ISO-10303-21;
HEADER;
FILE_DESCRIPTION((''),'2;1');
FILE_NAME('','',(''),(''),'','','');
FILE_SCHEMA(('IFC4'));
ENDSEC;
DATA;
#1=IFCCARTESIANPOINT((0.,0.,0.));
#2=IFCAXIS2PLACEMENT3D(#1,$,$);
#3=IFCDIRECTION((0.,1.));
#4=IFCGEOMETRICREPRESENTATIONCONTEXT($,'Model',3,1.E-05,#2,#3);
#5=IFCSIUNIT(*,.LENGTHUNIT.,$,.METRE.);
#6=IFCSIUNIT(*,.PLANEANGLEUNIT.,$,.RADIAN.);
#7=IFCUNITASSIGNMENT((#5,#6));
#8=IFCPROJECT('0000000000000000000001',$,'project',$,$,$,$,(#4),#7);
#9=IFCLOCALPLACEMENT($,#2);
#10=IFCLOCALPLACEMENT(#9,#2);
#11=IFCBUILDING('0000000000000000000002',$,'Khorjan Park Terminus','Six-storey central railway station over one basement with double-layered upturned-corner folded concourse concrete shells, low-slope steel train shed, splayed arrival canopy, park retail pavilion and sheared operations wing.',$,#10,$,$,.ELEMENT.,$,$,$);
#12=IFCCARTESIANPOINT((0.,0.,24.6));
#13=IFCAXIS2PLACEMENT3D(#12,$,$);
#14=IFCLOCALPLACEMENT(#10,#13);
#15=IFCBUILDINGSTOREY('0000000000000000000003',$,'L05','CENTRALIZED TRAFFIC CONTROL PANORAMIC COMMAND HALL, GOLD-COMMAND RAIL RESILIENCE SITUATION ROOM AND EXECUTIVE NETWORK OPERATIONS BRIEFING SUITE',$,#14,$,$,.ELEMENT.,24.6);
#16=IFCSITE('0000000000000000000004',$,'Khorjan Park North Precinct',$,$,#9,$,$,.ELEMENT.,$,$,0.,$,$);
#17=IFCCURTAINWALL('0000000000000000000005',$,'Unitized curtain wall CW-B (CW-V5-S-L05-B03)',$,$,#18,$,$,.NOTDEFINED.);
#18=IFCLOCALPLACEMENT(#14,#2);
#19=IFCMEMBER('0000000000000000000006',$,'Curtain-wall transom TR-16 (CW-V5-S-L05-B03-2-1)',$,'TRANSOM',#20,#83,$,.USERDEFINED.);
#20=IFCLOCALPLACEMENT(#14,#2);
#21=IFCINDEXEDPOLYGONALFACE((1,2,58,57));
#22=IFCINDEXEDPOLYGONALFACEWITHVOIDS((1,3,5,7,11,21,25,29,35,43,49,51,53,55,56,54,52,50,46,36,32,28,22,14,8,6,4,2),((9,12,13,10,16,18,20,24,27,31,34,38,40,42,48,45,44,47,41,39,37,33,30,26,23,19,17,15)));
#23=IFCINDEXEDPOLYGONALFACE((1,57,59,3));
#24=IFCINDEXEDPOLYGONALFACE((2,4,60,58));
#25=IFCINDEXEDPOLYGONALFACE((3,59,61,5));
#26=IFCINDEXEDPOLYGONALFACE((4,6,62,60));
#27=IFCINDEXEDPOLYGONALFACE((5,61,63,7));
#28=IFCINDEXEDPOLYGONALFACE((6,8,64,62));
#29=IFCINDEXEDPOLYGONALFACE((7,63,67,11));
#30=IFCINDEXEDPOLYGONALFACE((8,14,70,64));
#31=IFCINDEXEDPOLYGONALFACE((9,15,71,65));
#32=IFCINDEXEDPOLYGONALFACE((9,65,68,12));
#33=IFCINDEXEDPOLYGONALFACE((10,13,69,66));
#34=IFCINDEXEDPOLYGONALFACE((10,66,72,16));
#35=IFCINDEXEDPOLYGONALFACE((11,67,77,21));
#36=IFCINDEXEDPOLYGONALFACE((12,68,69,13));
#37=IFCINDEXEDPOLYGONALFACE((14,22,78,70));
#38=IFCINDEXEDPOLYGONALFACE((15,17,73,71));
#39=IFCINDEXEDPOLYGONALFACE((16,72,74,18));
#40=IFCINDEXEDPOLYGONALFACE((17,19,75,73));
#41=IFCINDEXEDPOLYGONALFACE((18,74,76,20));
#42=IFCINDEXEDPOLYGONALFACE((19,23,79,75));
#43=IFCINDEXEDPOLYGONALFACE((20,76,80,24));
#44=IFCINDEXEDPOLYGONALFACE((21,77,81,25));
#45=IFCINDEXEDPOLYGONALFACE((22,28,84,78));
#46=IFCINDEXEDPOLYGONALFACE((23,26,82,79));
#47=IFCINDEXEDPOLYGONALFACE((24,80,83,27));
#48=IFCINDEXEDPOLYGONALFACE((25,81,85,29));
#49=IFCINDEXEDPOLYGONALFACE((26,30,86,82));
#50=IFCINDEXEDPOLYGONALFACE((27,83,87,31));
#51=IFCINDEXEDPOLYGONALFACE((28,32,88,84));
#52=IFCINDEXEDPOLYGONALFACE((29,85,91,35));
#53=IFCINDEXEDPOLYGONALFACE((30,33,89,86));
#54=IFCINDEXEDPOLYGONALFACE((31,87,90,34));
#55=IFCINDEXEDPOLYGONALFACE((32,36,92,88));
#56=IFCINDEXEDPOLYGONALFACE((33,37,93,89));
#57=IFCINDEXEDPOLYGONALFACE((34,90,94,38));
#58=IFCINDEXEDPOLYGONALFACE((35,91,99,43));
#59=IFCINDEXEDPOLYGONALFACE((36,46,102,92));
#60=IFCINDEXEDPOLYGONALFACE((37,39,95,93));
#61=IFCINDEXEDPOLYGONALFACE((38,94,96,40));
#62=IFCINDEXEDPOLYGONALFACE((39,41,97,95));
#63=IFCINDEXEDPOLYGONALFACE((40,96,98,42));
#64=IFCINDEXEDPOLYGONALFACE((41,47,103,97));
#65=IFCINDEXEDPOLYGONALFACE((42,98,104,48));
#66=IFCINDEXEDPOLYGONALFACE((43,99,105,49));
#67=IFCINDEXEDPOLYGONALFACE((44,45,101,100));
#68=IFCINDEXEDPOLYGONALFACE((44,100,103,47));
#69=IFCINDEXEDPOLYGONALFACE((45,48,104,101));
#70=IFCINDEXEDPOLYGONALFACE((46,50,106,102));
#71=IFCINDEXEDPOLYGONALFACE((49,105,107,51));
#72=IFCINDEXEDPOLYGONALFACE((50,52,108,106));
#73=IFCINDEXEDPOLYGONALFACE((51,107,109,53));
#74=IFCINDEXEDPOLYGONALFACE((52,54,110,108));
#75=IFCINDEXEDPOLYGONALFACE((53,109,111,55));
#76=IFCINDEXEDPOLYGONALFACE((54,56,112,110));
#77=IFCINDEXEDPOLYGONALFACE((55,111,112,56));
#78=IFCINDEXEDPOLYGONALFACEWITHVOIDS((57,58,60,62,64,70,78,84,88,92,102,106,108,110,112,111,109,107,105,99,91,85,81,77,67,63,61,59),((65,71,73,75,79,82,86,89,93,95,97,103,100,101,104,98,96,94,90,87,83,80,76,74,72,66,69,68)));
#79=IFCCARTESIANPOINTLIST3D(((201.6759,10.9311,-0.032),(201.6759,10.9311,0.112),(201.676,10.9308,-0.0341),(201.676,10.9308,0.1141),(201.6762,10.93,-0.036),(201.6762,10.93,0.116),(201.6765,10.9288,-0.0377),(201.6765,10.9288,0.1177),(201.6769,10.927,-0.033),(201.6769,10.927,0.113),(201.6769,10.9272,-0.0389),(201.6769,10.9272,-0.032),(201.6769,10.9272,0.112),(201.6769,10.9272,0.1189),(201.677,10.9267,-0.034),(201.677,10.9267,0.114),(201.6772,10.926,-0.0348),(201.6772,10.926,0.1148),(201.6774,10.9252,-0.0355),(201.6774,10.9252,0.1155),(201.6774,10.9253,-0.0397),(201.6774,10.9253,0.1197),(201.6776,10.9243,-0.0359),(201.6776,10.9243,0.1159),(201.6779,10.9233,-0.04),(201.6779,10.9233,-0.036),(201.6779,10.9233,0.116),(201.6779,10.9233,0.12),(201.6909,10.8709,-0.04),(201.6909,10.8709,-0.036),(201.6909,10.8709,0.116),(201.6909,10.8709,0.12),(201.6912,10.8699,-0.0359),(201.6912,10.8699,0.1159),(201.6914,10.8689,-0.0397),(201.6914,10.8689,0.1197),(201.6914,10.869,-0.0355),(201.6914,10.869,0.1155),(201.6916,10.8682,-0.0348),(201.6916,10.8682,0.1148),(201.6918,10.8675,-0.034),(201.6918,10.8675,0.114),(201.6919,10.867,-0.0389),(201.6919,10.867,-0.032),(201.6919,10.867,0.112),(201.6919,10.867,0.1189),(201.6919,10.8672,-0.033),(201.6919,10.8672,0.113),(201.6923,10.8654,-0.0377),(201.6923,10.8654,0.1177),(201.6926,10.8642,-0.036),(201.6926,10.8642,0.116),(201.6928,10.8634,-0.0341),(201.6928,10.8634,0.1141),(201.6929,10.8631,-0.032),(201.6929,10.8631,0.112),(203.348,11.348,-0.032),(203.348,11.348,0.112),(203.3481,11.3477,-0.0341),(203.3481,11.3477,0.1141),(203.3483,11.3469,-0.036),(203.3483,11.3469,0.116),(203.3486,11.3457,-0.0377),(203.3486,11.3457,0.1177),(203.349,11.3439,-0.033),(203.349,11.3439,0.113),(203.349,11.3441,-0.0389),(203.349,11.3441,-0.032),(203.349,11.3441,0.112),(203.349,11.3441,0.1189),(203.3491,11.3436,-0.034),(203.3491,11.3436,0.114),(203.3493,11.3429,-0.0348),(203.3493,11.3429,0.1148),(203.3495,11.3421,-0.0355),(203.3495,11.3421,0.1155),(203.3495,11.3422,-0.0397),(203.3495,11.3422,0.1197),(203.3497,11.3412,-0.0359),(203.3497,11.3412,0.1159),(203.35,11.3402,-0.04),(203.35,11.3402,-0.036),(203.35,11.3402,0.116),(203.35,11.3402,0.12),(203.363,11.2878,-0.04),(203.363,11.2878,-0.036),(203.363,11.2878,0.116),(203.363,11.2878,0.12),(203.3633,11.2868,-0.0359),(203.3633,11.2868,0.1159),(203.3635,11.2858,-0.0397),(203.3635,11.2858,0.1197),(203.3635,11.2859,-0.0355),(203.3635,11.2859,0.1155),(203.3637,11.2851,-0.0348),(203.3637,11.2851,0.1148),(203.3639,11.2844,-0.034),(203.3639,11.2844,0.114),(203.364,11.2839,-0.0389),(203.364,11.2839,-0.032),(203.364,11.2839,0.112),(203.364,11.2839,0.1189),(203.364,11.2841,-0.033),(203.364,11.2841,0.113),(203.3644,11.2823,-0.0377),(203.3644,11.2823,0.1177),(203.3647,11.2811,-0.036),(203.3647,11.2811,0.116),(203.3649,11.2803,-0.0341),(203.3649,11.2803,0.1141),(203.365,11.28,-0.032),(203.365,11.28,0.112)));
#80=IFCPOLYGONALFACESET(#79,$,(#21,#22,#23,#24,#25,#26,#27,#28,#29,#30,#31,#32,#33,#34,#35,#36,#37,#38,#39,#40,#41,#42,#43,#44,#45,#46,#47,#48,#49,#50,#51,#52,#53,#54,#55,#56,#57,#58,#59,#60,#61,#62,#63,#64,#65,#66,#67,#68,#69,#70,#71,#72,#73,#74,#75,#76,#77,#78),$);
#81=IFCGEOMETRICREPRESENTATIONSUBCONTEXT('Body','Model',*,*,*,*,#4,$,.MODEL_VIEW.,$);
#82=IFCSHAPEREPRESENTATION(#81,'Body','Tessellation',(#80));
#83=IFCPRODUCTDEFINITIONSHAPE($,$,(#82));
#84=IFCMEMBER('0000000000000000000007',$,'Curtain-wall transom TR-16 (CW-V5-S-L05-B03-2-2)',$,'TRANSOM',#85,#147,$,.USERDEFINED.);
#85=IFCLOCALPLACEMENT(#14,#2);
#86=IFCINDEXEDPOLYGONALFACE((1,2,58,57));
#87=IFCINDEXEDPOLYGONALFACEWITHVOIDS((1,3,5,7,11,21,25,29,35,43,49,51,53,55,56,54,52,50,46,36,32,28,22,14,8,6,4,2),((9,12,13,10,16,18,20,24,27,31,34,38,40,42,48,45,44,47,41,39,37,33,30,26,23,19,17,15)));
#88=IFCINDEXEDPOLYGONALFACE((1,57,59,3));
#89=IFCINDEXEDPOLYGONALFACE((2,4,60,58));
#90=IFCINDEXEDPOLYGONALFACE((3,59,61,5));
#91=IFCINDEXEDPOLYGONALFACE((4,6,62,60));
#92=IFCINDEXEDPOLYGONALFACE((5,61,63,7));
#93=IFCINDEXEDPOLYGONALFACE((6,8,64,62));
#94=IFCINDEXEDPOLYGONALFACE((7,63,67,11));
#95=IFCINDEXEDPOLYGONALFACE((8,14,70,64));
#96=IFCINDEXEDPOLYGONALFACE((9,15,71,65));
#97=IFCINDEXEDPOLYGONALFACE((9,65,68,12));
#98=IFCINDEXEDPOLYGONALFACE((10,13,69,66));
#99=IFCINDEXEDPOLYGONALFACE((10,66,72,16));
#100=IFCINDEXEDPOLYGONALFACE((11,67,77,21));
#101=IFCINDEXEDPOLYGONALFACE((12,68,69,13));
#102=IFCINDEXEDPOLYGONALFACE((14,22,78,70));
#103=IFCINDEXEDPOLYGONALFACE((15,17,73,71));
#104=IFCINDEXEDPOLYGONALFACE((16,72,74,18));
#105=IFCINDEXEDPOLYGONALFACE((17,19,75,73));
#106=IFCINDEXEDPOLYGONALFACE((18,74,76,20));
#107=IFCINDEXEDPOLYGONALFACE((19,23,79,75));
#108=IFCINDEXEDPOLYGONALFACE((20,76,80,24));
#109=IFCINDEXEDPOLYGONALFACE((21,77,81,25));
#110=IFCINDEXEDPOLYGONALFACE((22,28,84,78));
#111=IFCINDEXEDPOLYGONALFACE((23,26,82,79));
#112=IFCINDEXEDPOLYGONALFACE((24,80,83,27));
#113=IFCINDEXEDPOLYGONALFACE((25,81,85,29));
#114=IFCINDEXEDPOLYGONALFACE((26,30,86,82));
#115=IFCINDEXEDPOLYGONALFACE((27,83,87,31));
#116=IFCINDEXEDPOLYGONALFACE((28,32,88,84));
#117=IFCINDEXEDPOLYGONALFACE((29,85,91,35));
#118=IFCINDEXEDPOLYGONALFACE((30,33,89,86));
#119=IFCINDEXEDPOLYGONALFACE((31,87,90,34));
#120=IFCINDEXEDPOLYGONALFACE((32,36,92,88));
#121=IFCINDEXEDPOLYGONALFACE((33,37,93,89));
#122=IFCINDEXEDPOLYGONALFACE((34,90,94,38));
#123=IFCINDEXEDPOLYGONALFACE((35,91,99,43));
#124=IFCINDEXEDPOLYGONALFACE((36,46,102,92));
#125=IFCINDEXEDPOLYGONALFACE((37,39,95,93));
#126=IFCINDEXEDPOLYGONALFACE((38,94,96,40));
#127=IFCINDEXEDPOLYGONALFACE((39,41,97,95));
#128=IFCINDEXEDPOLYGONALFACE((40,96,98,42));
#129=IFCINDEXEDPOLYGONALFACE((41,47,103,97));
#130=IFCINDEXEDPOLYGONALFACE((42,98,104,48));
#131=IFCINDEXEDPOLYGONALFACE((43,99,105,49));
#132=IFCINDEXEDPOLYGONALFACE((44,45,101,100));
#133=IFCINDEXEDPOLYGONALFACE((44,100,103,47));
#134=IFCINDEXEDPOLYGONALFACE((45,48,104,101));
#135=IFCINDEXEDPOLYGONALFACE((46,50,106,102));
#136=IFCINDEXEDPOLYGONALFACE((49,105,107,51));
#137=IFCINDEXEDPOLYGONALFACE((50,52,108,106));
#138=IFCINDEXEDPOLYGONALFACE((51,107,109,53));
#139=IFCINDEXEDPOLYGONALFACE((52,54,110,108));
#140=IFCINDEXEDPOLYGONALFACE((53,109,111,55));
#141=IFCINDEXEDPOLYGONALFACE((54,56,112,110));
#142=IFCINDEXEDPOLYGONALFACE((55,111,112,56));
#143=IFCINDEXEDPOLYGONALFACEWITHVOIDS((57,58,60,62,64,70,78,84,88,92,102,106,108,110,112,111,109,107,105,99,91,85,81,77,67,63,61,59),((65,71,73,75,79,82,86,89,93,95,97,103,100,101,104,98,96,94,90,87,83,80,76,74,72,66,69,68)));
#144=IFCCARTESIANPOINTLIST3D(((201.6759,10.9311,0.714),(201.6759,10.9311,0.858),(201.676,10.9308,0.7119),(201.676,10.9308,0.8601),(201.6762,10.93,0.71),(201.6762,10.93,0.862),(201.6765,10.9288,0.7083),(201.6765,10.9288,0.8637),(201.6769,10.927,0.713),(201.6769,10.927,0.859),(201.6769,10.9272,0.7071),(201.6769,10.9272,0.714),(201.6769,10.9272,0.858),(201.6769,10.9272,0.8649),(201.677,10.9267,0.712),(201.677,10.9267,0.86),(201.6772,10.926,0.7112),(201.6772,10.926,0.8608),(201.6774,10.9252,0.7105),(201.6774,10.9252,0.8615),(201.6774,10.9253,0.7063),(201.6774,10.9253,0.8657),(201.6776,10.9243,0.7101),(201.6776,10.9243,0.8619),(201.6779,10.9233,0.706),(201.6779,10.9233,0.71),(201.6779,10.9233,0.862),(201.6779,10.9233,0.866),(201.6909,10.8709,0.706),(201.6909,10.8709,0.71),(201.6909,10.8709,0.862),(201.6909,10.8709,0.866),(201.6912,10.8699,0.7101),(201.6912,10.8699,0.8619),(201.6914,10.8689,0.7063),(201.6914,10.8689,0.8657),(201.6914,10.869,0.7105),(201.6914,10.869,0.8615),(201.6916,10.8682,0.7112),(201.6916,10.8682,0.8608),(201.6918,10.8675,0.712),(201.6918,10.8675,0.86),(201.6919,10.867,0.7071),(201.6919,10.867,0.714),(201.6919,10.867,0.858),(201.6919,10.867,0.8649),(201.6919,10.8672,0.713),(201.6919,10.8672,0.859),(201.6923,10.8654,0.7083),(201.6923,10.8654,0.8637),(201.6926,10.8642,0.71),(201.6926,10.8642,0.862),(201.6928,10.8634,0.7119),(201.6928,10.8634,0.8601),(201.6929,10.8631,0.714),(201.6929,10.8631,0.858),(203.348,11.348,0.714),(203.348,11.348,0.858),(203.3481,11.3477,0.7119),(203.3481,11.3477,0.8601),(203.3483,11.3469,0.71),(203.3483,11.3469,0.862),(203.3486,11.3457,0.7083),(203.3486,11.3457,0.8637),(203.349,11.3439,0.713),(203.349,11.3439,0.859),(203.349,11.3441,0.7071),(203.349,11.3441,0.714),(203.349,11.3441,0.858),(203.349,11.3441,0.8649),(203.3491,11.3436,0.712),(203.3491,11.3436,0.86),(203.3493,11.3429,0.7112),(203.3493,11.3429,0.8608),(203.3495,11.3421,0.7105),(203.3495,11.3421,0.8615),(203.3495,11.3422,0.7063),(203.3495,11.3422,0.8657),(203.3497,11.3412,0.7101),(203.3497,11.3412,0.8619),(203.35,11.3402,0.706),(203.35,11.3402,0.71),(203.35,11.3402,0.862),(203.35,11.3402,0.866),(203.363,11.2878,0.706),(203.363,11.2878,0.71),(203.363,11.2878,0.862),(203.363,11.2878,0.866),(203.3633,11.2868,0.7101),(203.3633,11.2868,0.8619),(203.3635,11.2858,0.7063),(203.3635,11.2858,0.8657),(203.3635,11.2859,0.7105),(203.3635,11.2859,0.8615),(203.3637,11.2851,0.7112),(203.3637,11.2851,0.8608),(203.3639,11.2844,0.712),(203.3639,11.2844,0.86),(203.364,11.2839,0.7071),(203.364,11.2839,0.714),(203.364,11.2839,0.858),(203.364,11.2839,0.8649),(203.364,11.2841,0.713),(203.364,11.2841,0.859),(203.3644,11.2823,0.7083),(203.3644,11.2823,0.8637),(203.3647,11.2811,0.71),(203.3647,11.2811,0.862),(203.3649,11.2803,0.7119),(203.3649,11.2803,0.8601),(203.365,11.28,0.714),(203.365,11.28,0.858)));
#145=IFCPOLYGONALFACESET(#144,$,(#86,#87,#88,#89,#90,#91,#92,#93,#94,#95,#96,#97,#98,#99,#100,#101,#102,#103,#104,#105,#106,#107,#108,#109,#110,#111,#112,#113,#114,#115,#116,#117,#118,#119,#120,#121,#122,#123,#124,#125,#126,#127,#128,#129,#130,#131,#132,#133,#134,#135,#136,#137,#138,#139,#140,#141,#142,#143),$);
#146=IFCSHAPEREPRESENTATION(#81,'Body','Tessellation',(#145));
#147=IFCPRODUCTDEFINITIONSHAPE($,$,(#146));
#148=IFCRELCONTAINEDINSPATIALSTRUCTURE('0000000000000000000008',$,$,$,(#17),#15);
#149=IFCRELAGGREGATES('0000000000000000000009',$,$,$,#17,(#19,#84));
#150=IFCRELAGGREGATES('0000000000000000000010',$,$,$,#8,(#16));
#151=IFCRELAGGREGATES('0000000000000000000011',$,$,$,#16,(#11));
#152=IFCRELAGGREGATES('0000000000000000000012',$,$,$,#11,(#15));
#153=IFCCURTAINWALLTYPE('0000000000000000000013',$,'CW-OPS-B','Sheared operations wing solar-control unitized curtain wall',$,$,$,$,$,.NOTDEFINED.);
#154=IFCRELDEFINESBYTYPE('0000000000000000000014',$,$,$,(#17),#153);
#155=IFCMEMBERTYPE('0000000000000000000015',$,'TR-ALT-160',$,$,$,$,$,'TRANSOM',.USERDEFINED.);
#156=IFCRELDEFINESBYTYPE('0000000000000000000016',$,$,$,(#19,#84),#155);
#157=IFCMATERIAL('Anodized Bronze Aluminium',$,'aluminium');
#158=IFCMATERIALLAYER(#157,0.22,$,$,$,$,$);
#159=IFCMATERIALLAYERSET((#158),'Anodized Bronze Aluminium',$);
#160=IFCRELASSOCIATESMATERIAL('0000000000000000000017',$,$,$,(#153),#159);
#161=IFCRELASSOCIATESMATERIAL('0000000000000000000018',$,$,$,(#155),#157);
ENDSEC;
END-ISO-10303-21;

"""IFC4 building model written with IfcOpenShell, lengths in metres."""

from ifc_helpers import new_model, si_unit, direction, frame, origin, origin_2d, place, context, subcontext, project, spatial, hollow_rectangle, extrude, material, layer, layer_set, material_profile, profile_set, type_object, element, aggregate, save


model = new_model("IFC4")

# Units and contexts
model_context = context("Model", 3, precision=1e-05, world=origin(), true_north=direction((0.0, 1.0)))
body_context = subcontext(model_context, "Body", "Model", "MODEL_VIEW")
ifc_project = project(units=[si_unit("LENGTHUNIT", "METRE"), si_unit("PLANEANGLEUNIT", "RADIAN")], contexts=[model_context])

# Site, building, storey
site_placement = place(None, origin())
site = spatial("IfcSite", under=ifc_project, at=site_placement, Name="Khorjan Park North Precinct", CompositionType="ELEMENT", RefElevation=0.0)
building_placement = place(site_placement, origin())
building = spatial("IfcBuilding", under=site, at=building_placement, Name="Khorjan Park Terminus", Description="Six-storey central railway station over one basement with double-layered upturned-corner folded concourse concrete shells, low-slope steel train shed, splayed arrival canopy, park retail pavilion and sheared operations wing.", CompositionType="ELEMENT")
storey_placement = place(building_placement, frame((0.0, 0.0, 24.6)))
storey = spatial("IfcBuildingStorey", under=building, at=storey_placement, Name="L05", Description="CENTRALIZED TRAFFIC CONTROL PANORAMIC COMMAND HALL, GOLD-COMMAND RAIL RESILIENCE SITUATION ROOM AND EXECUTIVE NETWORK OPERATIONS BRIEFING SUITE", CompositionType="ELEMENT", Elevation=24.6)

# Curtain wall, members
ifc_material_1 = material(Name="Anodized Bronze Aluminium", Category="aluminium")
ifc_layer_1 = layer(ifc_material_1, 0.22)
ifc_layer_set_1 = layer_set([ifc_layer_1], Name="Anodized Bronze Aluminium")
curtain_wall_type = type_object("IfcCurtainWallType", Name="CW-OPS-B", Description="Sheared operations wing solar-control unitized curtain wall", PredefinedType="NOTDEFINED", material=ifc_layer_set_1)
curtain_wall_placement = place(storey_placement, origin())
curtain_wall = element("IfcCurtainWall", 1, at=curtain_wall_placement, inside=storey, type_object=curtain_wall_type, Name="Unitized curtain wall CW-B (CW-V5-S-L05-B03)", PredefinedType="NOTDEFINED")
ifc_material_profile_1 = material_profile(ifc_material_1, hollow_rectangle(XDim=0.07, YDim=0.16, WallThickness=0.004, InnerFilletRadius=0.004, OuterFilletRadius=0.008, at=origin_2d()), Name="ALT 70x160x4")
ifc_profile_set_1 = profile_set([ifc_material_profile_1], Name="Anodized Bronze Aluminium")
member_type_1 = type_object("IfcMemberType", Name="TR-ALT-160", ElementType="TRANSOM", PredefinedType="USERDEFINED", material=ifc_profile_set_1)
member_1_placement = place(storey_placement, frame((201.6844, 10.8971, 0.04), z_axis=(0.970296, 0.241921, 0.0), x_axis=(-0.241921, 0.970296, 0.0)))
member_1 = element("IfcMember", 2, at=member_1_placement, type_object=member_type_1, Name="Curtain-wall transom TR-16 (CW-V5-S-L05-B03-2-1)", ObjectType="TRANSOM", PredefinedType="USERDEFINED", context=body_context, shape_type="SweptSolid", body=[
    extrude(hollow_rectangle(XDim=0.07, YDim=0.16, WallThickness=0.004, InnerFilletRadius=0.004, OuterFilletRadius=0.008, at=origin_2d()), origin(), (0.0, 0.0, 1.0), 1.7233),
])
member_2_placement = place(storey_placement, frame((201.6844, 10.8971, 0.786), z_axis=(0.970296, 0.241921, 0.0), x_axis=(-0.241921, 0.970296, 0.0)))
member_2 = element("IfcMember", 3, at=member_2_placement, type_object=member_type_1, Name="Curtain-wall transom TR-16 (CW-V5-S-L05-B03-2-2)", ObjectType="TRANSOM", PredefinedType="USERDEFINED", context=body_context, shape_type="SweptSolid", body=[
    extrude(hollow_rectangle(XDim=0.07, YDim=0.16, WallThickness=0.004, InnerFilletRadius=0.004, OuterFilletRadius=0.008, at=origin_2d()), origin(), (0.0, 0.0, 1.0), 1.7233),
])
aggregate(curtain_wall, [member_1, member_2])

save(model, "model.ifc")
